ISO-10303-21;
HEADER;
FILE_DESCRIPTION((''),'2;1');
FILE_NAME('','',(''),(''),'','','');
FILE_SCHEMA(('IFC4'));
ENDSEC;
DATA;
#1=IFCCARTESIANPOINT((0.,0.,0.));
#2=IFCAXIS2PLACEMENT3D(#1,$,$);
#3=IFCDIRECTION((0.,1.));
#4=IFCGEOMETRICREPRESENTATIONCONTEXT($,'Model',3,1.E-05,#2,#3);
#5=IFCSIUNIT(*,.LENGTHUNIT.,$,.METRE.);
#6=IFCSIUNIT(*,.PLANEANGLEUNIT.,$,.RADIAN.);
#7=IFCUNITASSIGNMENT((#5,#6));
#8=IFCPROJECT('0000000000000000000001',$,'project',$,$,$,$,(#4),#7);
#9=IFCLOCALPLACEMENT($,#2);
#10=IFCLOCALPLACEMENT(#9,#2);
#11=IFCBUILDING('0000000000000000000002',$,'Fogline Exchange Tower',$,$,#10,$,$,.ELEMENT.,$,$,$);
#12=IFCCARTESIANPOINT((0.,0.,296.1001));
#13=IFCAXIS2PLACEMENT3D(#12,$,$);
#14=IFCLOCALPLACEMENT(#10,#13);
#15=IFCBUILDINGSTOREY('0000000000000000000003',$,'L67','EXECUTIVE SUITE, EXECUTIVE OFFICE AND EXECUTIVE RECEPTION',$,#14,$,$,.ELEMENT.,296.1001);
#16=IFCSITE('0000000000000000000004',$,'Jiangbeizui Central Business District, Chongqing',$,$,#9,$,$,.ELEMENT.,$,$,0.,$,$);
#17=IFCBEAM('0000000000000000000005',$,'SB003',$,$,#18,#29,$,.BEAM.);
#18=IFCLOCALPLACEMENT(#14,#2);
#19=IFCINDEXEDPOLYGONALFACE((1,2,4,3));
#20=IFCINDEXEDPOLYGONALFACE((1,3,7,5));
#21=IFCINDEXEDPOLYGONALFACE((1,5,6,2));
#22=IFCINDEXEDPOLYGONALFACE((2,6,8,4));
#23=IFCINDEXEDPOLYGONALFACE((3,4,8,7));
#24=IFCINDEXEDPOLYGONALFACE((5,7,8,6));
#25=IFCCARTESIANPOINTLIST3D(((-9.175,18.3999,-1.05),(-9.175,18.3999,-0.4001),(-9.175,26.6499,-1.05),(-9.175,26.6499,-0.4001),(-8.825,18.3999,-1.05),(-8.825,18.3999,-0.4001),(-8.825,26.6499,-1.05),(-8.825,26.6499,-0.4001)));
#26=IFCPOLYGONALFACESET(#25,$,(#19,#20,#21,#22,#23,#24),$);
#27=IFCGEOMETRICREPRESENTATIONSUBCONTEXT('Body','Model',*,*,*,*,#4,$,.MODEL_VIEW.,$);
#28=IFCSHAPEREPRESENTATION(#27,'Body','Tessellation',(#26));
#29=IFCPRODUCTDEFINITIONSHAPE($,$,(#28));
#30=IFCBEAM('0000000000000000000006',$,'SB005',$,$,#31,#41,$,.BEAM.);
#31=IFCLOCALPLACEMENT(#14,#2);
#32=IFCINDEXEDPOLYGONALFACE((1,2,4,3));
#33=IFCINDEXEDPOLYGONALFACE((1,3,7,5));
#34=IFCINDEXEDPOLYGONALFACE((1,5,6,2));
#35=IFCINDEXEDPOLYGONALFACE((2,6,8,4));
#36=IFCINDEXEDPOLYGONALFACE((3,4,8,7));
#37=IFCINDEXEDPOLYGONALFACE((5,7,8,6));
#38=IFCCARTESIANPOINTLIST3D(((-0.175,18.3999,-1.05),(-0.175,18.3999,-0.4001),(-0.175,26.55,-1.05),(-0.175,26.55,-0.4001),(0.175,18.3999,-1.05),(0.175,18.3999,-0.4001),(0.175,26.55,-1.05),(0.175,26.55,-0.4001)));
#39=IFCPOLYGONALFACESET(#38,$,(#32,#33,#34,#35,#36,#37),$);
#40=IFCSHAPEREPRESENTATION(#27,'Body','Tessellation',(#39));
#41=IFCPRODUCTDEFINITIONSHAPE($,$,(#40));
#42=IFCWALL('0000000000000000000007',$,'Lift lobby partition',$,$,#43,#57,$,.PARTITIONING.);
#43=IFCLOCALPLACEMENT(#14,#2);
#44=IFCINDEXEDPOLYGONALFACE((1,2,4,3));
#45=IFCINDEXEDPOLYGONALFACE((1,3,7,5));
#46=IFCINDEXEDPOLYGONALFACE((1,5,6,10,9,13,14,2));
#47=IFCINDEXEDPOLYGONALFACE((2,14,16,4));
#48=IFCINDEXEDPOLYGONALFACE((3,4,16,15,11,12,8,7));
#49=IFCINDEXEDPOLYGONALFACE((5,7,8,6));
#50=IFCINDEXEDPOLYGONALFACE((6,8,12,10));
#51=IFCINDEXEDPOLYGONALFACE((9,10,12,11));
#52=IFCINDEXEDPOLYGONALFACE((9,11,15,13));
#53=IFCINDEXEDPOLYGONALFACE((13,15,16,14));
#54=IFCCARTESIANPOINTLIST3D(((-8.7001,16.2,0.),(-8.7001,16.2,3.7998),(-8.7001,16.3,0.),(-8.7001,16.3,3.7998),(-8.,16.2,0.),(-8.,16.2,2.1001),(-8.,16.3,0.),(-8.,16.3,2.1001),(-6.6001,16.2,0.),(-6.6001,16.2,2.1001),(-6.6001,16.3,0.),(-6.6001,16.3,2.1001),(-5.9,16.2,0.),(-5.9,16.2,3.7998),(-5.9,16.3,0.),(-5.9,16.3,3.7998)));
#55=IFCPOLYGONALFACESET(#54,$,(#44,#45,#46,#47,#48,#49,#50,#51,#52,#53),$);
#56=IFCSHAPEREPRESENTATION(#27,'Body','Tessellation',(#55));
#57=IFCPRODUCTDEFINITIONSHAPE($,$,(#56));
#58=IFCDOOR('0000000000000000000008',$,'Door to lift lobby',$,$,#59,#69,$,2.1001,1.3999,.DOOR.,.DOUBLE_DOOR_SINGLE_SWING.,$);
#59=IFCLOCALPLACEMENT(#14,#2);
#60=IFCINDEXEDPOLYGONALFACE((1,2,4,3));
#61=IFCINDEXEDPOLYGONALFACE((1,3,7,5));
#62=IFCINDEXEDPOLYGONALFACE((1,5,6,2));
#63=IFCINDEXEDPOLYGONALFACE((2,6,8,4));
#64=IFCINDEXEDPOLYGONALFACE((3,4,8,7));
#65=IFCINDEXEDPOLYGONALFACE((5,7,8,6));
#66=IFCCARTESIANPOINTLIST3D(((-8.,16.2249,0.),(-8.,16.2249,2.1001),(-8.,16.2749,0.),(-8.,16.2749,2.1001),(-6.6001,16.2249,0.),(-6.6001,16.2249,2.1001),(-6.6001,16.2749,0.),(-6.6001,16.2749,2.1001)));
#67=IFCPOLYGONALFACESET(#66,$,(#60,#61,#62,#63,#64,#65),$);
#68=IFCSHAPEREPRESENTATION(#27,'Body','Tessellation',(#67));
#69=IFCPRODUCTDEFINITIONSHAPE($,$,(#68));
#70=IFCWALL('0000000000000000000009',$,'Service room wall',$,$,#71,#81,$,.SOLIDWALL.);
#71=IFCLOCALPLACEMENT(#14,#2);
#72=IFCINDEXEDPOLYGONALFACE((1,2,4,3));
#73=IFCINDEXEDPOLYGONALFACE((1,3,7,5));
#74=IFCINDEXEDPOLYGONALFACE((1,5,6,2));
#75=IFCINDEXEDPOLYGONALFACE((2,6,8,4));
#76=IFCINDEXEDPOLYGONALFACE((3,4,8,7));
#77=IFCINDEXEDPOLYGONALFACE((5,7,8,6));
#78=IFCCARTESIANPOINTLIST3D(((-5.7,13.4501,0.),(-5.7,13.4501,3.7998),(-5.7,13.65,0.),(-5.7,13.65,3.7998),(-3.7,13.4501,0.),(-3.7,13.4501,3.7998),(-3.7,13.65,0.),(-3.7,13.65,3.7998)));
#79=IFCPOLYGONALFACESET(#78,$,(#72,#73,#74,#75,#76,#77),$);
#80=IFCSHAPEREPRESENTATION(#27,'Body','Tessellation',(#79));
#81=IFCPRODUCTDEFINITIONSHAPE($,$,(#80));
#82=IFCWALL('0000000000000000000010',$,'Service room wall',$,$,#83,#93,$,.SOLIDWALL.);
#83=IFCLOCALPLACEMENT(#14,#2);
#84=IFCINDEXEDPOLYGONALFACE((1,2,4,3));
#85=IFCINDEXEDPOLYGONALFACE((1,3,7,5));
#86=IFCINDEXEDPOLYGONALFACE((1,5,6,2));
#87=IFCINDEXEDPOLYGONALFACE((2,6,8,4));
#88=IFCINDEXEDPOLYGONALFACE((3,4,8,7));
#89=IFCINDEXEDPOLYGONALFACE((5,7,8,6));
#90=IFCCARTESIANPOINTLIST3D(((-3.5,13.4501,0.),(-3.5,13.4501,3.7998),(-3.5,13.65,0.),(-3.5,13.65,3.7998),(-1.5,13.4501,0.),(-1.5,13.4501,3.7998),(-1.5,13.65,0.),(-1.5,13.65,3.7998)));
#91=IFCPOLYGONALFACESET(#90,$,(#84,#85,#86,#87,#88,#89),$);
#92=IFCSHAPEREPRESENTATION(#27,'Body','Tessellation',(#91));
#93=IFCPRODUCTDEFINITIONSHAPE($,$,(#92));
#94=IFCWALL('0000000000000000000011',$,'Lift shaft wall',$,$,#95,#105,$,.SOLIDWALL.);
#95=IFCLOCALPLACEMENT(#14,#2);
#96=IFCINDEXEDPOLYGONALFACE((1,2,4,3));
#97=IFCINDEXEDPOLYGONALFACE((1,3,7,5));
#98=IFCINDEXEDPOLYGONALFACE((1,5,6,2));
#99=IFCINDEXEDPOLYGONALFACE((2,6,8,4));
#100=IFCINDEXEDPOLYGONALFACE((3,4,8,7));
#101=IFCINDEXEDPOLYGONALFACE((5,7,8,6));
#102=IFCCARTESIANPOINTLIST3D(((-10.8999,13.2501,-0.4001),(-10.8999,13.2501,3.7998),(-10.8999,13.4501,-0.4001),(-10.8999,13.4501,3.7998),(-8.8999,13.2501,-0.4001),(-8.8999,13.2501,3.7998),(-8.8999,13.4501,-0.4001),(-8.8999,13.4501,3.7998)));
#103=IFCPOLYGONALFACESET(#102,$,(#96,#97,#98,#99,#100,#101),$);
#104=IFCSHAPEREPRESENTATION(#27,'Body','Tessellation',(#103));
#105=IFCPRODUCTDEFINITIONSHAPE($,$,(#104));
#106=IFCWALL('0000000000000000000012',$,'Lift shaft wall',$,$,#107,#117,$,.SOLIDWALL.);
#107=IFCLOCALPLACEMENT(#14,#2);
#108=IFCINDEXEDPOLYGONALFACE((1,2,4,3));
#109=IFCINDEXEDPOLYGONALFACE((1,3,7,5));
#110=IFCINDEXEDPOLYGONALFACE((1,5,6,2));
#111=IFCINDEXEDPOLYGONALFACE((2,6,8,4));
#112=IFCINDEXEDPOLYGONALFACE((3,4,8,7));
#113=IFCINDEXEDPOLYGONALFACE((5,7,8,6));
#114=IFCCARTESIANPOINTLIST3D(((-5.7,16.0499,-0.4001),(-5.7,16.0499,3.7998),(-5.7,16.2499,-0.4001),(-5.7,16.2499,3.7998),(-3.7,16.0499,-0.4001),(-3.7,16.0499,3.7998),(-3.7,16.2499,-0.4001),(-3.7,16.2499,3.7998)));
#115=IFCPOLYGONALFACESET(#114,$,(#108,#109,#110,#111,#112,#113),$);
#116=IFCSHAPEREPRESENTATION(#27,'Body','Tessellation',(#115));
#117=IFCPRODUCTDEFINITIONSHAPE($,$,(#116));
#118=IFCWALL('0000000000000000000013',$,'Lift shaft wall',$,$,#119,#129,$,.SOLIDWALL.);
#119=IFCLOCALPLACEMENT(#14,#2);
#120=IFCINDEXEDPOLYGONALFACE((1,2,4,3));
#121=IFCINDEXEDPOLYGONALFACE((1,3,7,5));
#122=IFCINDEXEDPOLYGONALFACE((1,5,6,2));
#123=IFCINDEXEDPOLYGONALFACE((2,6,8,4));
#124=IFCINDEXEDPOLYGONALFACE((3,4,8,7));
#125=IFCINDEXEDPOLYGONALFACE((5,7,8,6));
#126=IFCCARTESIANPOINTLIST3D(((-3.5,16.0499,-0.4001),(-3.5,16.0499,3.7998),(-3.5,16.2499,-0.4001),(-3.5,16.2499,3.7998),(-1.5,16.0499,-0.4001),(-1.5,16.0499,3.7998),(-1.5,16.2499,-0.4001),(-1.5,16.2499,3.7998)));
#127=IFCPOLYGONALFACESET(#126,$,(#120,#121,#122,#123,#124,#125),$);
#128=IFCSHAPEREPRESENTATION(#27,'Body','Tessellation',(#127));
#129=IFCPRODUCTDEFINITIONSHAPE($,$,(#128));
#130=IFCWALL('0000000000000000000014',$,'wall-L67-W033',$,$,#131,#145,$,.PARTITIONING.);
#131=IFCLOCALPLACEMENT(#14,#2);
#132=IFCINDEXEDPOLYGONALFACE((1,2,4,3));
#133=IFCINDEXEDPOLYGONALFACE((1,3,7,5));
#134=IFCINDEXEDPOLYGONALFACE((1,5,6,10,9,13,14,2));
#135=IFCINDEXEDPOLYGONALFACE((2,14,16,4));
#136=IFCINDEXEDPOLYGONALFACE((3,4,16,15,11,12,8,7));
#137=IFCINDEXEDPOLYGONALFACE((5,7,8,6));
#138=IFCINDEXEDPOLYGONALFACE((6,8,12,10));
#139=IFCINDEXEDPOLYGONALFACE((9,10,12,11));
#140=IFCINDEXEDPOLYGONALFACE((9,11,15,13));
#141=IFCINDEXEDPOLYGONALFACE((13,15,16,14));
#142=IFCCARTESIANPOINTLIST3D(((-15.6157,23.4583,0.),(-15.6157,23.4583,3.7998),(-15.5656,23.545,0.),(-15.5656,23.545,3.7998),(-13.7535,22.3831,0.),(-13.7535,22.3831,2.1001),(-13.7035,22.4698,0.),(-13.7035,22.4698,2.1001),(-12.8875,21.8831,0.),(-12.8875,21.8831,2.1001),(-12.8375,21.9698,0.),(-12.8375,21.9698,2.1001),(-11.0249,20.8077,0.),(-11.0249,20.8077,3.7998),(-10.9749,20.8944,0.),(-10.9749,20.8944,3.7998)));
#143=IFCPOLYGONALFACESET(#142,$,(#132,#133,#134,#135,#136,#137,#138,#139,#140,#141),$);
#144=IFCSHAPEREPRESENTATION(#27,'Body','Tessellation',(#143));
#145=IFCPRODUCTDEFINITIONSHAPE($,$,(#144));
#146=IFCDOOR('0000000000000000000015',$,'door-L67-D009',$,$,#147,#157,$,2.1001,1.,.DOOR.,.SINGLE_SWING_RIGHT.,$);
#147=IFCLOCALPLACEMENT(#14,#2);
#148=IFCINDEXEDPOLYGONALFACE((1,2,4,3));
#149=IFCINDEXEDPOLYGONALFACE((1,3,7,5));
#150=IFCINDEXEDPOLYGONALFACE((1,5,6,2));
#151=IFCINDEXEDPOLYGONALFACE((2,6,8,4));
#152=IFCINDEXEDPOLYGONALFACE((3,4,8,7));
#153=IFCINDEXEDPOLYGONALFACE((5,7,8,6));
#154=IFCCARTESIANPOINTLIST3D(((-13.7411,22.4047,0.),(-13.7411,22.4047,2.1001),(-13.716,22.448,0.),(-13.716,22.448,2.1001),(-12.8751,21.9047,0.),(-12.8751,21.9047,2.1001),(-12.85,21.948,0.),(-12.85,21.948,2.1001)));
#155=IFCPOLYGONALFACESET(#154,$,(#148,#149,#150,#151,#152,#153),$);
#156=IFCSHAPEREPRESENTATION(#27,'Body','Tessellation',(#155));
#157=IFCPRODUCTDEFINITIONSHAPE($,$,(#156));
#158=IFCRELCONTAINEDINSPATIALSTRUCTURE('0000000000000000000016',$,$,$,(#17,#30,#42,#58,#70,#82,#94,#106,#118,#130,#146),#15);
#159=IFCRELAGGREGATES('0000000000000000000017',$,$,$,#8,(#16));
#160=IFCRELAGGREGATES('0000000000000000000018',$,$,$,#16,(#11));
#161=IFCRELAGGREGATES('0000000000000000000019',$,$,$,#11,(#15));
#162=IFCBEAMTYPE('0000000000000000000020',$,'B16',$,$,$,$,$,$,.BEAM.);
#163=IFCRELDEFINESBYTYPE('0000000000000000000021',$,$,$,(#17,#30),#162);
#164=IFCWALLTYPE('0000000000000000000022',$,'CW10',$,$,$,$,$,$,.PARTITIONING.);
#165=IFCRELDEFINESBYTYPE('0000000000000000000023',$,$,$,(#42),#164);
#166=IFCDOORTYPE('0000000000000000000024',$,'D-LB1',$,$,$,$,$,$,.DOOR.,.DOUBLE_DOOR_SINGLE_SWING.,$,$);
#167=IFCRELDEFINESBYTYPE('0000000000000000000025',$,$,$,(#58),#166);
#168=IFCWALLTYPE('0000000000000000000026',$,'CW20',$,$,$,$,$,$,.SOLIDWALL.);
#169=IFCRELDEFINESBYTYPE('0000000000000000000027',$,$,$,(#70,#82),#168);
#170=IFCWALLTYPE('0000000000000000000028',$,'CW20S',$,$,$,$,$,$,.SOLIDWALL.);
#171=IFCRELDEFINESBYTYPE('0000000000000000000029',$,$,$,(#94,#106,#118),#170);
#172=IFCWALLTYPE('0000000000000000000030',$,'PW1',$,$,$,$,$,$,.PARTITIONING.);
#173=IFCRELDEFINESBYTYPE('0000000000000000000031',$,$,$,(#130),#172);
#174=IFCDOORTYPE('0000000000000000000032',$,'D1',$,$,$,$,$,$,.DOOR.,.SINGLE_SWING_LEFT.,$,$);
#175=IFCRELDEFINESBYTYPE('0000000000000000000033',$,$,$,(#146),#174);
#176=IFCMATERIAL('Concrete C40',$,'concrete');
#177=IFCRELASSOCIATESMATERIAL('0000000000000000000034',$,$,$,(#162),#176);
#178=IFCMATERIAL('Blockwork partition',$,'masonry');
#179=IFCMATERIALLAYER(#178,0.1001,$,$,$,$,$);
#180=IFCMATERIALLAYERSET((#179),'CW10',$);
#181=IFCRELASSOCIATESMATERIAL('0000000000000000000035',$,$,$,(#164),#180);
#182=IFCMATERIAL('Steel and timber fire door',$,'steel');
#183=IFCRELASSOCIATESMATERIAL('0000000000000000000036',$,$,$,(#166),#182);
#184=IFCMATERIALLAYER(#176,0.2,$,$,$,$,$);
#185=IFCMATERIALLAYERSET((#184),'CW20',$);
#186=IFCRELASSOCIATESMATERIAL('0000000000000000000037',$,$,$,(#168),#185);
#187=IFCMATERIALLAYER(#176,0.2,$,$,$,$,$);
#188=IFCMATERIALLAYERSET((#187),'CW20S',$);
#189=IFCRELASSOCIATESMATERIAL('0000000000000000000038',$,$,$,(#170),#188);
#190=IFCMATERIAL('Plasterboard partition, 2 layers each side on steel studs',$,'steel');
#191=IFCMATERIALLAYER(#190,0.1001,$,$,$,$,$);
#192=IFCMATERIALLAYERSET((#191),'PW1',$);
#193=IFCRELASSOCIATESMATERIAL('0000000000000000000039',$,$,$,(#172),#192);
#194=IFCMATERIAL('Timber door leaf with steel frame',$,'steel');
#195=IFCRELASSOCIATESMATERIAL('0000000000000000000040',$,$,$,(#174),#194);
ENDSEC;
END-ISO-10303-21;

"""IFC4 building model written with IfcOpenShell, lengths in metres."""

from ifc_helpers import new_model, si_unit, direction, frame, frame_2d, origin, origin_2d, place, context, subcontext, project, spatial, rectangle, extrude, material, layer, layer_set, material_profile, profile_set, type_object, element, fill, save


model = new_model("IFC4")

# Units and contexts
model_context = context("Model", 3, precision=1e-05, world=origin(), true_north=direction((0.0, 1.0)))
body_context = subcontext(model_context, "Body", "Model", "MODEL_VIEW")
ifc_project = project(units=[si_unit("LENGTHUNIT", "METRE"), si_unit("PLANEANGLEUNIT", "RADIAN")], contexts=[model_context])

# Site, building, storey
site_placement = place(None, origin())
site = spatial("IfcSite", under=ifc_project, at=site_placement, Name="Jiangbeizui Central Business District, Chongqing", CompositionType="ELEMENT", RefElevation=0.0)
building_placement = place(site_placement, origin())
building = spatial("IfcBuilding", under=site, at=building_placement, Name="Fogline Exchange Tower", CompositionType="ELEMENT")
storey_placement = place(building_placement, frame((0.0, 0.0, 296.1001)))
storey = spatial("IfcBuildingStorey", under=building, at=storey_placement, Name="L67", Description="EXECUTIVE SUITE, EXECUTIVE OFFICE AND EXECUTIVE RECEPTION", CompositionType="ELEMENT", Elevation=296.1001)

# Beams
ifc_material_1 = material(Name="Concrete C40", Category="concrete")
ifc_material_profile = material_profile(ifc_material_1, rectangle(XDim=0.3501, YDim=0.6499, at=origin_2d()), Name="RC 350x650")
ifc_profile_set = profile_set([ifc_material_profile], Name="Concrete C40")
beam_type = type_object("IfcBeamType", Name="B16", PredefinedType="BEAM", material=ifc_profile_set)
beam_1_placement = place(storey_placement, frame((-9.0, 18.3999, -0.7251), z_axis=(0.0, 1.0, 0.0), x_axis=(-1.0, 0.0, 0.0)))
element("IfcBeam", 1, at=beam_1_placement, inside=storey, type_object=beam_type, Name="SB003", PredefinedType="BEAM", context=body_context, shape_type="SweptSolid", body=[
    extrude(rectangle(XDim=0.3501, YDim=0.6499, at=origin_2d()), origin(), (0.0, 0.0, 1.0), 8.25),
])
beam_2_placement = place(storey_placement, frame((0.0, 18.3999, -0.7251), z_axis=(0.0, 1.0, 0.0), x_axis=(-1.0, 0.0, 0.0)))
element("IfcBeam", 2, at=beam_2_placement, inside=storey, type_object=beam_type, Name="SB005", PredefinedType="BEAM", context=body_context, shape_type="SweptSolid", body=[
    extrude(rectangle(XDim=0.3501, YDim=0.6499, at=origin_2d()), origin(), (0.0, 0.0, 1.0), 8.1501),
])

# Wall, opening, door
ifc_material_2 = material(Name="Blockwork partition", Category="masonry")
ifc_layer_1 = layer(ifc_material_2, 0.1001)
ifc_layer_set_1 = layer_set([ifc_layer_1], Name="CW10")
wall_type_1 = type_object("IfcWallType", Name="CW10", PredefinedType="PARTITIONING", material=ifc_layer_set_1)
wall_1_placement = place(storey_placement, frame((-8.7, 16.25, 0.0), z_axis=(0.0, 0.0, 1.0), x_axis=(1.0, 0.0, 0.0)))
wall_1 = element("IfcWall", 3, at=wall_1_placement, inside=storey, type_object=wall_type_1, Name="Lift lobby partition", PredefinedType="PARTITIONING", context=body_context, shape_type="SweptSolid", body=[
    extrude(rectangle(XDim=2.8, YDim=0.1001, at=frame_2d((1.3999, 0.0))), origin(), (0.0, 0.0, 1.0), 3.7998),
])
opening_1_placement = place(wall_1_placement, frame((0.7, 0.0, 0.0)))
opening_1 = element("IfcOpeningElement", 4, at=opening_1_placement, cuts=wall_1, PredefinedType="OPENING", context=body_context, shape_type="SweptSolid", body=[
    extrude(rectangle(XDim=1.3999, YDim=2.1001, at=frame_2d((0.7, 1.05))), frame((0.0, 0.0601, 0.0), z_axis=(0.0, -1.0, 0.0), x_axis=(1.0, 0.0, 0.0)), (0.0, 0.0, 1.0), 0.1201),
])
ifc_material_3 = material(Name="Steel and timber fire door", Category="steel")
door_type_1 = type_object("IfcDoorType", Name="D-LB1", OperationType="DOUBLE_DOOR_SINGLE_SWING", PredefinedType="DOOR", material=ifc_material_3)
door_1_placement = place(opening_1_placement, origin())
door_1 = element("IfcDoor", 5, at=door_1_placement, inside=storey, type_object=door_type_1, Name="Door to lift lobby", OperationType="DOUBLE_DOOR_SINGLE_SWING", OverallHeight=2.1001, OverallWidth=1.3999, PredefinedType="DOOR", context=body_context, shape_type="SweptSolid", body=[
    extrude(rectangle(XDim=1.3999, YDim=2.1001, at=frame_2d((0.7, 1.05))), frame((0.0, 0.0249, 0.0), z_axis=(0.0, -1.0, 0.0), x_axis=(1.0, 0.0, 0.0)), (0.0, 0.0, 1.0), 0.05),
])
fill(opening_1, door_1)

# Walls
ifc_layer_2 = layer(ifc_material_1, 0.2)
ifc_layer_set_2 = layer_set([ifc_layer_2], Name="CW20")
wall_type_2 = type_object("IfcWallType", Name="CW20", PredefinedType="SOLIDWALL", material=ifc_layer_set_2)
for number, where, z_axis, x_axis, name in (
    (6, (-5.7, 13.55, 0.0), (0.0, 0.0, 1.0), (1.0, 0.0, 0.0), "Service room wall"),
    (7, (-3.5, 13.55, 0.0), (0.0, 0.0, 1.0), (1.0, 0.0, 0.0), "Service room wall"),
):
    element("IfcWall", number, at=place(storey_placement, frame(where, z_axis=z_axis, x_axis=x_axis)), inside=storey, type_object=wall_type_2, Name=name, PredefinedType="SOLIDWALL", context=body_context, shape_type="SweptSolid", body=[
        extrude(rectangle(XDim=2.0, YDim=0.2, at=frame_2d((1.0, 0.0))), origin(), (0.0, 0.0, 1.0), 3.7998),
    ])
ifc_layer_3 = layer(ifc_material_1, 0.2)
ifc_layer_set_3 = layer_set([ifc_layer_3], Name="CW20S")
wall_type_3 = type_object("IfcWallType", Name="CW20S", PredefinedType="SOLIDWALL", material=ifc_layer_set_3)
for number, where, z_axis, x_axis, name in (
    (8, (-10.8999, 13.3501, -0.4001), (0.0, 0.0, 1.0), (1.0, 0.0, 0.0), "Lift shaft wall"),
    (9, (-5.7, 16.1499, -0.4001), (0.0, 0.0, 1.0), (1.0, 0.0, 0.0), "Lift shaft wall"),
    (10, (-3.5, 16.1499, -0.4001), (0.0, 0.0, 1.0), (1.0, 0.0, 0.0), "Lift shaft wall"),
):
    element("IfcWall", number, at=place(storey_placement, frame(where, z_axis=z_axis, x_axis=x_axis)), inside=storey, type_object=wall_type_3, Name=name, PredefinedType="SOLIDWALL", context=body_context, shape_type="SweptSolid", body=[
        extrude(rectangle(XDim=2.0, YDim=0.2, at=frame_2d((1.0, 0.0))), origin(), (0.0, 0.0, 1.0), 4.2),
    ])

# Wall, opening, door
ifc_material_4 = material(Name="Plasterboard partition, 2 layers each side on steel studs", Category="steel")
ifc_layer_4 = layer(ifc_material_4, 0.1001)
ifc_layer_set_4 = layer_set([ifc_layer_4], Name="PW1")
wall_type_4 = type_object("IfcWallType", Name="PW1", PredefinedType="PARTITIONING", material=ifc_layer_set_4)
wall_2_placement = place(storey_placement, frame((-11.0, 20.8511, 0.0), z_axis=(0.0, 0.0, 1.0), x_axis=(-0.866015, 0.500017, 0.0)))
wall_2 = element("IfcWall", 11, at=wall_2_placement, inside=storey, type_object=wall_type_4, Name="wall-L67-W033", PredefinedType="PARTITIONING", context=body_context, shape_type="SweptSolid", body=[
    extrude(rectangle(XDim=5.301, YDim=0.1001, at=frame_2d((2.6504, 0.0))), origin(), (0.0, 0.0, 1.0), 3.7998),
])
opening_2_placement = place(wall_2_placement, frame((2.1506, 0.0, 0.0)))
opening_2 = element("IfcOpeningElement", 12, at=opening_2_placement, cuts=wall_2, PredefinedType="OPENING", context=body_context, shape_type="SweptSolid", body=[
    extrude(rectangle(XDim=1.0, YDim=2.1001, at=frame_2d((0.5, 1.05))), frame((0.0, 0.0601, 0.0), z_axis=(0.0, -1.0, 0.0), x_axis=(1.0, 0.0, 0.0)), (0.0, 0.0, 1.0), 0.1201),
])
ifc_material_5 = material(Name="Timber door leaf with steel frame", Category="steel")
door_type_2 = type_object("IfcDoorType", Name="D1", OperationType="SINGLE_SWING_LEFT", PredefinedType="DOOR", material=ifc_material_5)
door_2_placement = place(opening_2_placement, frame((1.0, 0.0, 0.0), z_axis=(0.0, 0.0, 1.0), x_axis=(-1.0, 0.0, 0.0)))
door_2 = element("IfcDoor", 13, at=door_2_placement, inside=storey, type_object=door_type_2, Name="door-L67-D009", OperationType="SINGLE_SWING_RIGHT", OverallHeight=2.1001, OverallWidth=1.0, PredefinedType="DOOR", context=body_context, shape_type="SweptSolid", body=[
    extrude(rectangle(XDim=1.0, YDim=2.1001, at=frame_2d((0.5, 1.05))), frame((0.0, 0.0249, 0.0), z_axis=(0.0, -1.0, 0.0), x_axis=(1.0, 0.0, 0.0)), (0.0, 0.0, 1.0), 0.05),
])
fill(opening_2, door_2)

save(model, "model.ifc")
